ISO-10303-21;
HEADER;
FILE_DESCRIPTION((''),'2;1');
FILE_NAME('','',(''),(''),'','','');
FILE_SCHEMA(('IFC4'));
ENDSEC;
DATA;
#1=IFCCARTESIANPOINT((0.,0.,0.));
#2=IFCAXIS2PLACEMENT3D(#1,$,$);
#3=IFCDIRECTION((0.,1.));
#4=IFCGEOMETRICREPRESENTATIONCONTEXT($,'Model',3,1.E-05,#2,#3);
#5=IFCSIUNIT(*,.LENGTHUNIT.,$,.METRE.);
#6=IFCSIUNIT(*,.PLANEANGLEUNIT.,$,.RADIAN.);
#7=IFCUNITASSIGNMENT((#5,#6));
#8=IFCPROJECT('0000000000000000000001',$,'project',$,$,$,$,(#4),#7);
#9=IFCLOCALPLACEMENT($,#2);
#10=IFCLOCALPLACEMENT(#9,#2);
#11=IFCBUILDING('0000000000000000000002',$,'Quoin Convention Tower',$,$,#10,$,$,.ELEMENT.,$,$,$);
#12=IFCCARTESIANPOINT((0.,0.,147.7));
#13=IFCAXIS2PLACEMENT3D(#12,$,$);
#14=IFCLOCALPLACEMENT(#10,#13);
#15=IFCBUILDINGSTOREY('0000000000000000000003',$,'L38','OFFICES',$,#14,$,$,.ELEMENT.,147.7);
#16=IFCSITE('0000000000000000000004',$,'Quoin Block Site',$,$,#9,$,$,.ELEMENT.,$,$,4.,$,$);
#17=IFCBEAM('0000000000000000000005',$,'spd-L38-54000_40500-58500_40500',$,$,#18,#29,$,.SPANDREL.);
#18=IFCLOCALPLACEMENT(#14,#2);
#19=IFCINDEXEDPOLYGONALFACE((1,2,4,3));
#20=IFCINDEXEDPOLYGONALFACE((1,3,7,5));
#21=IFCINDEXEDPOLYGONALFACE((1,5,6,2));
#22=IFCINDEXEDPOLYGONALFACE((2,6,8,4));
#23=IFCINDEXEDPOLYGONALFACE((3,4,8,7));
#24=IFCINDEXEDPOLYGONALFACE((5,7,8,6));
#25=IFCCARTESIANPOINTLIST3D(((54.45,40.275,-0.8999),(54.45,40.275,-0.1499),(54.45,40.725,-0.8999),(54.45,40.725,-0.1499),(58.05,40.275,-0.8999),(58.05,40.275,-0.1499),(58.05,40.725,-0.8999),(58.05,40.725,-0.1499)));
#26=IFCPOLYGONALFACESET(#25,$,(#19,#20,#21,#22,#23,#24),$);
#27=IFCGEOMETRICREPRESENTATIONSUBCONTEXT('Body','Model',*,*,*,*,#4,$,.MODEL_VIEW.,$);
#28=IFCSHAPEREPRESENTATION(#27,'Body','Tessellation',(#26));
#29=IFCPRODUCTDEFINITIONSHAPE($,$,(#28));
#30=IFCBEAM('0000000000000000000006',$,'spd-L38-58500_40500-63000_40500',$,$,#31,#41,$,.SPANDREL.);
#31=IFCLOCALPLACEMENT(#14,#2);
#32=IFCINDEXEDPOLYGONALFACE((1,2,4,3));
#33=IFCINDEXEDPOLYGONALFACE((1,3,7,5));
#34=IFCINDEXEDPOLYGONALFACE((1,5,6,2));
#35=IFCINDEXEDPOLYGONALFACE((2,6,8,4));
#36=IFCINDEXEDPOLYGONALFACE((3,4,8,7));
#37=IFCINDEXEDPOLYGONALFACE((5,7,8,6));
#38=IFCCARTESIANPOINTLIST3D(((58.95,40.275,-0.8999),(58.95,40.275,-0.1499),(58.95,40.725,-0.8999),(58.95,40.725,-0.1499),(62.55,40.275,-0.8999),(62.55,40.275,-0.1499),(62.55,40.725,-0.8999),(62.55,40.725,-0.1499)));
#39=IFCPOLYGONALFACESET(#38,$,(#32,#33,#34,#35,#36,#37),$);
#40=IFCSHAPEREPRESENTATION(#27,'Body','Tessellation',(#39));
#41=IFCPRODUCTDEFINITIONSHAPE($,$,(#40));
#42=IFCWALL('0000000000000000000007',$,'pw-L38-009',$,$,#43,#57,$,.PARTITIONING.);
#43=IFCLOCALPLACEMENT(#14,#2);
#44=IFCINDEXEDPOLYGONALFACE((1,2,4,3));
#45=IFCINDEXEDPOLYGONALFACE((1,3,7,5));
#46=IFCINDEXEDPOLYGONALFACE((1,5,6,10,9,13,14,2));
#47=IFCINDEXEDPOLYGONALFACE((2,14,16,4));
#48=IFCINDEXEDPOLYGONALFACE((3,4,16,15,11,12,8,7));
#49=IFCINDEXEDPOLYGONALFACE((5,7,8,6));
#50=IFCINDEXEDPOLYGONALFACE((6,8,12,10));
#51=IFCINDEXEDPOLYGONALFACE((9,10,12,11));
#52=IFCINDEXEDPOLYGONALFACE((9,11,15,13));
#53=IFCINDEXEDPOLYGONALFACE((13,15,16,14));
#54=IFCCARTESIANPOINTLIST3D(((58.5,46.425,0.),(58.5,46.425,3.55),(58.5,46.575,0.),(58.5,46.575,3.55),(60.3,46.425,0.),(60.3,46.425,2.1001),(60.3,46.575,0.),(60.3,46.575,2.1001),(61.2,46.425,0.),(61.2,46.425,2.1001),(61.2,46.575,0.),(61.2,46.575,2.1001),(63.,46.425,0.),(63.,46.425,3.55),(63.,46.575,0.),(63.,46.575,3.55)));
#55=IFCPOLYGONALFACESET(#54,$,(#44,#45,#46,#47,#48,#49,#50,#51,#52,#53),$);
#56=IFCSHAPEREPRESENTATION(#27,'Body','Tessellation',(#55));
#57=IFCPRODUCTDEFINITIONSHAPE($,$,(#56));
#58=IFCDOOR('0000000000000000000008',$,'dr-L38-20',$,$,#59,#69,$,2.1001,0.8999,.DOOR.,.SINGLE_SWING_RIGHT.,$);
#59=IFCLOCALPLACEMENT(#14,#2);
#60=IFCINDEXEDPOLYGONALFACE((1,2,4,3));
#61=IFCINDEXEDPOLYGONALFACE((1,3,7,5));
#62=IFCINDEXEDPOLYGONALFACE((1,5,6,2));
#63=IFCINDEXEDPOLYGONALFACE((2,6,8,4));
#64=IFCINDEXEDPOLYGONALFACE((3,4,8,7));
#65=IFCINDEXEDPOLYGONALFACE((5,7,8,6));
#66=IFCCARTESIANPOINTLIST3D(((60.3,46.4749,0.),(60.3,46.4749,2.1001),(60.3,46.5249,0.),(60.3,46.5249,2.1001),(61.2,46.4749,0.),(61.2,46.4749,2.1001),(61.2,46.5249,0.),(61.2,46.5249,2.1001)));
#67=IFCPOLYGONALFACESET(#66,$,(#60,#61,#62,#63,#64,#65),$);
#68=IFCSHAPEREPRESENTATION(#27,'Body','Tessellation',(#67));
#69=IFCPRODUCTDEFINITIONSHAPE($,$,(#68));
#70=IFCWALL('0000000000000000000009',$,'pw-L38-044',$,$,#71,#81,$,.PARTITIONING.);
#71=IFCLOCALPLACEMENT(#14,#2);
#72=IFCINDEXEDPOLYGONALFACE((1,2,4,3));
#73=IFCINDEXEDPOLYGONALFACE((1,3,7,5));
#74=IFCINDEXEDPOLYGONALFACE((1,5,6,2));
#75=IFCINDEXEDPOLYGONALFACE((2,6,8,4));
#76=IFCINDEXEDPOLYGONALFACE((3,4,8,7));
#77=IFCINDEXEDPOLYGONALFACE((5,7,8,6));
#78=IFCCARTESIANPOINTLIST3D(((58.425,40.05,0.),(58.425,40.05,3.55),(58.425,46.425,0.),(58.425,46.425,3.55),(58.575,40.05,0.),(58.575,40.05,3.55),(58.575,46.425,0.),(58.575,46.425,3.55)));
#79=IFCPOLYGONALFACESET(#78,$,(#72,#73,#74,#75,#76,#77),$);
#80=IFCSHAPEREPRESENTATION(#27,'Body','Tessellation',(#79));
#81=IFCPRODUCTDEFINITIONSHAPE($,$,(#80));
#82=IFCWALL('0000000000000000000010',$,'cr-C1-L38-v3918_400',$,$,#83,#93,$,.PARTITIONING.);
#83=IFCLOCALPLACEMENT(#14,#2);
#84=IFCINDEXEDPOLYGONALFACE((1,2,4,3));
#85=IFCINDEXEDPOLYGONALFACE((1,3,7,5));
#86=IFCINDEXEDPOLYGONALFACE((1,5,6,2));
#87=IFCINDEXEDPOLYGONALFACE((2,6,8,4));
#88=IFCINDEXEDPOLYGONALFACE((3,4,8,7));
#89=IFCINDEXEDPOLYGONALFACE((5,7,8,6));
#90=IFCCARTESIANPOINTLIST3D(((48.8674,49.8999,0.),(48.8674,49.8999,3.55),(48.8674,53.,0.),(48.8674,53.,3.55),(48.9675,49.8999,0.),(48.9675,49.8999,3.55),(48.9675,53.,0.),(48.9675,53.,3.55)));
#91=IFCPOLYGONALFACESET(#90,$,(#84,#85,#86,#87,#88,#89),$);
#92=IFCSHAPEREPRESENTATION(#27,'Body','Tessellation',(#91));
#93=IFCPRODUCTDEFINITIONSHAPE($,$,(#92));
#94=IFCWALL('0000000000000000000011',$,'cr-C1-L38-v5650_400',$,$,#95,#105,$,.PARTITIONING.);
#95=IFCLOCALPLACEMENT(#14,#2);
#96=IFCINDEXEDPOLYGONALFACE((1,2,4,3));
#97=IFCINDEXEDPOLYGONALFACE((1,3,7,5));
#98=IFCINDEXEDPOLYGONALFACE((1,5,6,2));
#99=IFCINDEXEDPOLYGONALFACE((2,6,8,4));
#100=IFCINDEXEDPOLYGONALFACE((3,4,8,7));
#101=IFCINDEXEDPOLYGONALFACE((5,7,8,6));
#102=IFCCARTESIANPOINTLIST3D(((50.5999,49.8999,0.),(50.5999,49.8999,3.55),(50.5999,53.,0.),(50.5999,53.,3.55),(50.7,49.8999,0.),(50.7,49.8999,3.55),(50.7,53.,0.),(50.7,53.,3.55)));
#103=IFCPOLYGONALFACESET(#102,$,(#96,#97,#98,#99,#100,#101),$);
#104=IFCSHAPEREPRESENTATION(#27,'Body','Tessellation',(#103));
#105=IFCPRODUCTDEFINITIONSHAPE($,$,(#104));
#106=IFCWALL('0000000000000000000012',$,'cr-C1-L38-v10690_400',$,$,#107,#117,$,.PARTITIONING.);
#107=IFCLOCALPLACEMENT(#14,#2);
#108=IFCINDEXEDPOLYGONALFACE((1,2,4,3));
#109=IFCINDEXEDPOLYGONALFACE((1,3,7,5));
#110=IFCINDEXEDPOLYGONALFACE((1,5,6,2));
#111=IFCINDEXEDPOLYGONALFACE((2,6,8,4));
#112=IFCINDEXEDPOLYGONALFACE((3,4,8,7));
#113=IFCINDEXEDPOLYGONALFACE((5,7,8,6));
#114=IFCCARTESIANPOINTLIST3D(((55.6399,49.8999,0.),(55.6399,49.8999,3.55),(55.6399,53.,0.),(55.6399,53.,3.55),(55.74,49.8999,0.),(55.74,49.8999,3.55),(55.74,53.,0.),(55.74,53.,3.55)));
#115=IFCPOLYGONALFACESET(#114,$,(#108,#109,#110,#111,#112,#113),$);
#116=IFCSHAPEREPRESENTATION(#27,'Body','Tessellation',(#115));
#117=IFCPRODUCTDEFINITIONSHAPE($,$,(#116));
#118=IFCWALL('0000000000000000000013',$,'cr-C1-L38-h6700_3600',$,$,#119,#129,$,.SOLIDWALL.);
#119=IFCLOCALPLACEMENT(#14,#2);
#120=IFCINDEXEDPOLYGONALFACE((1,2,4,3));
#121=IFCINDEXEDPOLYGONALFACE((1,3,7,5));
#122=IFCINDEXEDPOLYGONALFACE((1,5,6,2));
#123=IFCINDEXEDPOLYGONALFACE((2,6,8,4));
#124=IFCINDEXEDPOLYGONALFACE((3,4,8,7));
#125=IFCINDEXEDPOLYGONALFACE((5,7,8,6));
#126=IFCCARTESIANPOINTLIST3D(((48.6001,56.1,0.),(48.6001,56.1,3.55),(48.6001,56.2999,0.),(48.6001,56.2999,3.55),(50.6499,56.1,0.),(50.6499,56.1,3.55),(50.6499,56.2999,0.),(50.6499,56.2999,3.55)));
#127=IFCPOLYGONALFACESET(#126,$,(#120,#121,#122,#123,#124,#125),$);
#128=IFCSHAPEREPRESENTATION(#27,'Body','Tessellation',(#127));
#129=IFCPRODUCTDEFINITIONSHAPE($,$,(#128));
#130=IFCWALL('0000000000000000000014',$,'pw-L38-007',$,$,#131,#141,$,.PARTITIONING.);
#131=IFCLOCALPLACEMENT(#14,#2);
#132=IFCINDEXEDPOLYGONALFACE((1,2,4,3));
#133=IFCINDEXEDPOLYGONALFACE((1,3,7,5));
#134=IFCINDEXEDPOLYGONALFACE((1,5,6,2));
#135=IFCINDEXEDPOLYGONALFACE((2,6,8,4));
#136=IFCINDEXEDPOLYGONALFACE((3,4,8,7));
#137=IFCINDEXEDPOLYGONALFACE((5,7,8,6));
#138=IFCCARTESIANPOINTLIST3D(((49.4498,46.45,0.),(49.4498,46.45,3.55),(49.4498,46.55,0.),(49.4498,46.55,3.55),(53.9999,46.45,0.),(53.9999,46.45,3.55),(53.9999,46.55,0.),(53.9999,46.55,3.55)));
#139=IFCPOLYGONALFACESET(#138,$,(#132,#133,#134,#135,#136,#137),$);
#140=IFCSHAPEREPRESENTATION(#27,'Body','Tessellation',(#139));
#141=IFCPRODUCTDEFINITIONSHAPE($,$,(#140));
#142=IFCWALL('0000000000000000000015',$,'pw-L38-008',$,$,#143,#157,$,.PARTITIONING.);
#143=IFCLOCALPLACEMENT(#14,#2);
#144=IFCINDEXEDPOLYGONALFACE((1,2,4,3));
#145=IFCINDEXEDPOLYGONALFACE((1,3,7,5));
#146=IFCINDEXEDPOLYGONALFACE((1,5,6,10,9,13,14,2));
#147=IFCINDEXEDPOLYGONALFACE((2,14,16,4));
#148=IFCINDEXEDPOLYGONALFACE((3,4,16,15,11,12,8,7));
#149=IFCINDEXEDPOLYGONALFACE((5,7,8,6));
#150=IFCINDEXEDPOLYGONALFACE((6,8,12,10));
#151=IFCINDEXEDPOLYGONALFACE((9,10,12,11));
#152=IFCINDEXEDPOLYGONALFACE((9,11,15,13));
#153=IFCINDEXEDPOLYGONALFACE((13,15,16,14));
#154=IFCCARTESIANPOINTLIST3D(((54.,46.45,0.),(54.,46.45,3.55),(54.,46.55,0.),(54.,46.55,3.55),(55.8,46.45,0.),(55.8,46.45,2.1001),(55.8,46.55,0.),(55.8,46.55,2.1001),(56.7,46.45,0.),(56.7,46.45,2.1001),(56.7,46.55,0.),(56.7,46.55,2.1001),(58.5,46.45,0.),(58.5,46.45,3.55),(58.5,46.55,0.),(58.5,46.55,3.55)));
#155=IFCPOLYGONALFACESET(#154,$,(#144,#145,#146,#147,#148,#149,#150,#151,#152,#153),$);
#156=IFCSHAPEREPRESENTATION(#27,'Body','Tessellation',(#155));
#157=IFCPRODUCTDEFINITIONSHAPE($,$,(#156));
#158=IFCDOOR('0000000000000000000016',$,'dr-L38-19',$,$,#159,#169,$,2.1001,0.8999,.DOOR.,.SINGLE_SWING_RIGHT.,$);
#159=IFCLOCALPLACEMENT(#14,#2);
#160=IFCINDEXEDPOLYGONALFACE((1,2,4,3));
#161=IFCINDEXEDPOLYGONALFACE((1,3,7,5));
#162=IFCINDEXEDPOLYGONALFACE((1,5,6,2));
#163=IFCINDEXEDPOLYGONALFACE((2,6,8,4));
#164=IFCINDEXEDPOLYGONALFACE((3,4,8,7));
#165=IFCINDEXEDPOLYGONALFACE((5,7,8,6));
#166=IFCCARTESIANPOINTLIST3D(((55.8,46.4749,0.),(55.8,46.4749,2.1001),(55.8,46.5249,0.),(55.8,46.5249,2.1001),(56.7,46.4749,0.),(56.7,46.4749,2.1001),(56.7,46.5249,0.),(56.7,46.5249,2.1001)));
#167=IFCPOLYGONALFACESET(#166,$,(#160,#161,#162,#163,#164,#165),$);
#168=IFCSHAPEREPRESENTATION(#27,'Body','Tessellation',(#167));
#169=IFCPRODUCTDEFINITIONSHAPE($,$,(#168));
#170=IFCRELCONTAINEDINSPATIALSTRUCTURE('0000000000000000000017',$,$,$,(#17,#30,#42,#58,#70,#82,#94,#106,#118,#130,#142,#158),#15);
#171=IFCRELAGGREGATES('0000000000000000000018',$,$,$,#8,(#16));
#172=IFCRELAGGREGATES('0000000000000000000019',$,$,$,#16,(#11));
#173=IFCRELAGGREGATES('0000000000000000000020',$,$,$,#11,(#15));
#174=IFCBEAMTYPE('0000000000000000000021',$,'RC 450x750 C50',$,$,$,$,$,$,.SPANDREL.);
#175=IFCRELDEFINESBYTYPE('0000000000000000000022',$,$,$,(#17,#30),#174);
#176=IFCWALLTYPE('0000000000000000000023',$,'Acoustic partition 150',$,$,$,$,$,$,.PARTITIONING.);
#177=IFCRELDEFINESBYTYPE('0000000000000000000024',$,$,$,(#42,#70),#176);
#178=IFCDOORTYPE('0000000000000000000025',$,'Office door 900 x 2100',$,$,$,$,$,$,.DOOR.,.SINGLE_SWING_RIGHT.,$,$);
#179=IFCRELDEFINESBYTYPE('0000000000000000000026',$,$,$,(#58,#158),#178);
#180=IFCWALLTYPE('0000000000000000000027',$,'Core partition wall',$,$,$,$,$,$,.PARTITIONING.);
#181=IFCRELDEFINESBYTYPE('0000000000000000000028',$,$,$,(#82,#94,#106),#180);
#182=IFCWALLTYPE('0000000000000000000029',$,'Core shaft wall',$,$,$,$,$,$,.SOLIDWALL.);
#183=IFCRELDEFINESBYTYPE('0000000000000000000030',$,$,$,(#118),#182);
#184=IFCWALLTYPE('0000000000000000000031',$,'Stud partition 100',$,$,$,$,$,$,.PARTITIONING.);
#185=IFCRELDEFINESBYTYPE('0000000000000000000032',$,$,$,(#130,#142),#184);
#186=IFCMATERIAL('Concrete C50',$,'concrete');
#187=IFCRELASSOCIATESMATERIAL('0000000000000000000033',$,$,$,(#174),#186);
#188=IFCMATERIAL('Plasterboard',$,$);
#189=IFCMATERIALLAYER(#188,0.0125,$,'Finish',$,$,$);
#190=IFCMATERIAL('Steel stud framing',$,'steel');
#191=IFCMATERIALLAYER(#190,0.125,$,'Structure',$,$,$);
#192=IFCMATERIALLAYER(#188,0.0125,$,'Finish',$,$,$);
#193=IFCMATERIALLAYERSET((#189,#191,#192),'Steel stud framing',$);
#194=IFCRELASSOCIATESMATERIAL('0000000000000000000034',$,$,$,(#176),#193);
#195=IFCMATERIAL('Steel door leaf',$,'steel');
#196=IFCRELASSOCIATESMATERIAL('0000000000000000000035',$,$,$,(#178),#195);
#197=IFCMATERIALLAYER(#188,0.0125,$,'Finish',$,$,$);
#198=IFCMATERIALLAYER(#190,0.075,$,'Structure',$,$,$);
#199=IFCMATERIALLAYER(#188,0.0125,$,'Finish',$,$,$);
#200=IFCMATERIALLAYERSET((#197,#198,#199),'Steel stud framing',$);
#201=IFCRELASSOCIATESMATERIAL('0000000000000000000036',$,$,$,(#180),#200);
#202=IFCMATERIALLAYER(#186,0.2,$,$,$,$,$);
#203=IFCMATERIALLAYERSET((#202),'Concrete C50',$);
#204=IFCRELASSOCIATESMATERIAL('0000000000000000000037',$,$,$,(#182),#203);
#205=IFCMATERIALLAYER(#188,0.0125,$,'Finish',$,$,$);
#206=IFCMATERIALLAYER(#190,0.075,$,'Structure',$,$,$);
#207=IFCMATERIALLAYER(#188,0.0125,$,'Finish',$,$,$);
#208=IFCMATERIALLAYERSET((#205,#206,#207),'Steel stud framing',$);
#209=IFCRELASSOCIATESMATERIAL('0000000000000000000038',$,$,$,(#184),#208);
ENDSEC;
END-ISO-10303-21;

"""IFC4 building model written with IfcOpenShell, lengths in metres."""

from ifc_helpers import new_model, si_unit, direction, frame, frame_2d, origin, origin_2d, place, context, subcontext, project, spatial, rectangle, extrude, material, layer, layer_set, material_profile, profile_set, type_object, element, fill, save


model = new_model("IFC4")

# Units and contexts
model_context = context("Model", 3, precision=1e-05, world=origin(), true_north=direction((0.0, 1.0)))
body_context = subcontext(model_context, "Body", "Model", "MODEL_VIEW")
ifc_project = project(units=[si_unit("LENGTHUNIT", "METRE"), si_unit("PLANEANGLEUNIT", "RADIAN")], contexts=[model_context])

# Site, building, storey
site_placement = place(None, origin())
site = spatial("IfcSite", under=ifc_project, at=site_placement, Name="Quoin Block Site", CompositionType="ELEMENT", RefElevation=4.0)
building_placement = place(site_placement, origin())
building = spatial("IfcBuilding", under=site, at=building_placement, Name="Quoin Convention Tower", CompositionType="ELEMENT")
storey_placement = place(building_placement, frame((0.0, 0.0, 147.7)))
storey = spatial("IfcBuildingStorey", under=building, at=storey_placement, Name="L38", Description="OFFICES", CompositionType="ELEMENT", Elevation=147.7)

# Shared definitions
ifc_material_1 = material(Name="Concrete C50", Category="concrete")

# Beams
ifc_material_profile_1 = material_profile(ifc_material_1, rectangle(XDim=0.45, YDim=0.75, at=origin_2d()), Name="RC 450x750")
ifc_profile_set_1 = profile_set([ifc_material_profile_1], Name="Concrete C50")
beam_type_1 = type_object("IfcBeamType", Name="RC 450x750 C50", PredefinedType="SPANDREL", material=ifc_profile_set_1)
for number, where, z_axis, x_axis, name in (
    (1, (54.45, 40.5, -0.5249), (1.0, 0.0, 0.0), (0.0, 1.0, 0.0), "spd-L38-54000_40500-58500_40500"),
    (2, (58.95, 40.5, -0.5249), (1.0, 0.0, 0.0), (0.0, 1.0, 0.0), "spd-L38-58500_40500-63000_40500"),
):
    element("IfcBeam", number, at=place(storey_placement, frame(where, z_axis=z_axis, x_axis=x_axis)), inside=storey, type_object=beam_type_1, Name=name, PredefinedType="SPANDREL", context=body_context, shape_type="SweptSolid", body=[
        extrude(rectangle(XDim=0.45, YDim=0.75, at=origin_2d()), origin(), (0.0, 0.0, 1.0), 3.6001),
    ])

# Wall, opening, door
ifc_material_2 = material(Name="Plasterboard")
ifc_layer_1 = layer(ifc_material_2, 0.0125, Name="Finish")
ifc_material_3 = material(Name="Steel stud framing", Category="steel")
ifc_layer_2 = layer(ifc_material_3, 0.125, Name="Structure")
ifc_layer_3 = layer(ifc_material_2, 0.0125, Name="Finish")
ifc_layer_set_1 = layer_set([ifc_layer_1, ifc_layer_2, ifc_layer_3], Name="Steel stud framing")
wall_type_1 = type_object("IfcWallType", Name="Acoustic partition 150", PredefinedType="PARTITIONING", material=ifc_layer_set_1)
wall_1_placement = place(storey_placement, frame((58.5, 46.5, 0.0), z_axis=(0.0, 0.0, 1.0), x_axis=(1.0, 0.0, 0.0)))
wall_1 = element("IfcWall", 3, at=wall_1_placement, inside=storey, type_object=wall_type_1, Name="pw-L38-009", PredefinedType="PARTITIONING", context=body_context, shape_type="SweptSolid", body=[
    extrude(rectangle(XDim=4.5, YDim=0.1499, at=frame_2d((2.25, 0.0))), origin(), (0.0, 0.0, 1.0), 3.55),
])
opening_1_placement = place(wall_1_placement, frame((1.8, 0.0, 0.0)))
opening_1 = element("IfcOpeningElement", 4, at=opening_1_placement, cuts=wall_1, PredefinedType="OPENING", context=body_context, shape_type="SweptSolid", body=[
    extrude(rectangle(XDim=0.8999, YDim=2.1001, at=frame_2d((0.45, 1.05))), frame((0.0, 0.085, 0.0), z_axis=(0.0, -1.0, 0.0), x_axis=(1.0, 0.0, 0.0)), (0.0, 0.0, 1.0), 0.1699),
])
ifc_material_4 = material(Name="Steel door leaf", Category="steel")
door_type = type_object("IfcDoorType", Name="Office door 900 x 2100", OperationType="SINGLE_SWING_RIGHT", PredefinedType="DOOR", material=ifc_material_4)
door_1_placement = place(opening_1_placement, origin())
door_1 = element("IfcDoor", 5, at=door_1_placement, inside=storey, type_object=door_type, Name="dr-L38-20", OperationType="SINGLE_SWING_RIGHT", OverallHeight=2.1001, OverallWidth=0.8999, PredefinedType="DOOR", context=body_context, shape_type="SweptSolid", body=[
    extrude(rectangle(XDim=0.8999, YDim=2.1001, at=frame_2d((0.45, 1.05))), frame((0.0, 0.0249, 0.0), z_axis=(0.0, -1.0, 0.0), x_axis=(1.0, 0.0, 0.0)), (0.0, 0.0, 1.0), 0.05),
])
fill(opening_1, door_1)

# Walls
wall_2_placement = place(storey_placement, frame((58.5, 40.05, 0.0), z_axis=(0.0, 0.0, 1.0), x_axis=(0.0, 1.0, 0.0)))
element("IfcWall", 6, at=wall_2_placement, inside=storey, type_object=wall_type_1, Name="pw-L38-044", PredefinedType="PARTITIONING", context=body_context, shape_type="SweptSolid", body=[
    extrude(rectangle(XDim=6.375, YDim=0.1499, at=frame_2d((3.1875, 0.0))), origin(), (0.0, 0.0, 1.0), 3.55),
])
ifc_layer_4 = layer(ifc_material_2, 0.0125, Name="Finish")
ifc_layer_5 = layer(ifc_material_3, 0.075, Name="Structure")
ifc_layer_6 = layer(ifc_material_2, 0.0125, Name="Finish")
ifc_layer_set_2 = layer_set([ifc_layer_4, ifc_layer_5, ifc_layer_6], Name="Steel stud framing")
wall_type_2 = type_object("IfcWallType", Name="Core partition wall", PredefinedType="PARTITIONING", material=ifc_layer_set_2)
for number, where, z_axis, x_axis, name in (
    (7, (48.9175, 49.8999, 0.0), (0.0, 0.0, 1.0), (0.0, 1.0, 0.0), "cr-C1-L38-v3918_400"),
    (8, (50.6499, 49.8999, 0.0), (0.0, 0.0, 1.0), (0.0, 1.0, 0.0), "cr-C1-L38-v5650_400"),
    (9, (55.6899, 49.8999, 0.0), (0.0, 0.0, 1.0), (0.0, 1.0, 0.0), "cr-C1-L38-v10690_400"),
):
    element("IfcWall", number, at=place(storey_placement, frame(where, z_axis=z_axis, x_axis=x_axis)), inside=storey, type_object=wall_type_2, Name=name, PredefinedType="PARTITIONING", context=body_context, shape_type="SweptSolid", body=[
        extrude(rectangle(XDim=3.1001, YDim=0.1001, at=frame_2d((1.55, 0.0))), origin(), (0.0, 0.0, 1.0), 3.55),
    ])
ifc_layer_7 = layer(ifc_material_1, 0.2)
ifc_layer_set_3 = layer_set([ifc_layer_7], Name="Concrete C50")
wall_type_3 = type_object("IfcWallType", Name="Core shaft wall", PredefinedType="SOLIDWALL", material=ifc_layer_set_3)
wall_3_placement = place(storey_placement, frame((48.6001, 56.2, 0.0), z_axis=(0.0, 0.0, 1.0), x_axis=(1.0, 0.0, 0.0)))
element("IfcWall", 10, at=wall_3_placement, inside=storey, type_object=wall_type_3, Name="cr-C1-L38-h6700_3600", PredefinedType="SOLIDWALL", context=body_context, shape_type="SweptSolid", body=[
    extrude(rectangle(XDim=2.0498, YDim=0.2, at=frame_2d((1.0249, 0.0))), origin(), (0.0, 0.0, 1.0), 3.55),
])
ifc_layer_8 = layer(ifc_material_2, 0.0125, Name="Finish")
ifc_layer_9 = layer(ifc_material_3, 0.075, Name="Structure")
ifc_layer_10 = layer(ifc_material_2, 0.0125, Name="Finish")
ifc_layer_set_4 = layer_set([ifc_layer_8, ifc_layer_9, ifc_layer_10], Name="Steel stud framing")
wall_type_4 = type_object("IfcWallType", Name="Stud partition 100", PredefinedType="PARTITIONING", material=ifc_layer_set_4)
wall_4_placement = place(storey_placement, frame((49.45, 46.5, 0.0), z_axis=(0.0, 0.0, 1.0), x_axis=(1.0, 0.0, 0.0)))
element("IfcWall", 11, at=wall_4_placement, inside=storey, type_object=wall_type_4, Name="pw-L38-007", PredefinedType="PARTITIONING", context=body_context, shape_type="SweptSolid", body=[
    extrude(rectangle(XDim=4.55, YDim=0.1001, at=frame_2d((2.2749, 0.0))), origin(), (0.0, 0.0, 1.0), 3.55),
])

# Wall, opening, door
wall_5_placement = place(storey_placement, frame((54.0, 46.5, 0.0), z_axis=(0.0, 0.0, 1.0), x_axis=(1.0, 0.0, 0.0)))
wall_5 = element("IfcWall", 12, at=wall_5_placement, inside=storey, type_object=wall_type_4, Name="pw-L38-008", PredefinedType="PARTITIONING", context=body_context, shape_type="SweptSolid", body=[
    extrude(rectangle(XDim=4.5, YDim=0.1001, at=frame_2d((2.25, 0.0))), origin(), (0.0, 0.0, 1.0), 3.55),
])
opening_2_placement = place(wall_5_placement, frame((1.8, 0.0, 0.0)))
opening_2 = element("IfcOpeningElement", 13, at=opening_2_placement, cuts=wall_5, PredefinedType="OPENING", context=body_context, shape_type="SweptSolid", body=[
    extrude(rectangle(XDim=0.8999, YDim=2.1001, at=frame_2d((0.45, 1.05))), frame((0.0, 0.0601, 0.0), z_axis=(0.0, -1.0, 0.0), x_axis=(1.0, 0.0, 0.0)), (0.0, 0.0, 1.0), 0.1201),
])
door_2_placement = place(opening_2_placement, origin())
door_2 = element("IfcDoor", 14, at=door_2_placement, inside=storey, type_object=door_type, Name="dr-L38-19", OperationType="SINGLE_SWING_RIGHT", OverallHeight=2.1001, OverallWidth=0.8999, PredefinedType="DOOR", context=body_context, shape_type="SweptSolid", body=[
    extrude(rectangle(XDim=0.8999, YDim=2.1001, at=frame_2d((0.45, 1.05))), frame((0.0, 0.0249, 0.0), z_axis=(0.0, -1.0, 0.0), x_axis=(1.0, 0.0, 0.0)), (0.0, 0.0, 1.0), 0.05),
])
fill(opening_2, door_2)

save(model, "model.ifc")
